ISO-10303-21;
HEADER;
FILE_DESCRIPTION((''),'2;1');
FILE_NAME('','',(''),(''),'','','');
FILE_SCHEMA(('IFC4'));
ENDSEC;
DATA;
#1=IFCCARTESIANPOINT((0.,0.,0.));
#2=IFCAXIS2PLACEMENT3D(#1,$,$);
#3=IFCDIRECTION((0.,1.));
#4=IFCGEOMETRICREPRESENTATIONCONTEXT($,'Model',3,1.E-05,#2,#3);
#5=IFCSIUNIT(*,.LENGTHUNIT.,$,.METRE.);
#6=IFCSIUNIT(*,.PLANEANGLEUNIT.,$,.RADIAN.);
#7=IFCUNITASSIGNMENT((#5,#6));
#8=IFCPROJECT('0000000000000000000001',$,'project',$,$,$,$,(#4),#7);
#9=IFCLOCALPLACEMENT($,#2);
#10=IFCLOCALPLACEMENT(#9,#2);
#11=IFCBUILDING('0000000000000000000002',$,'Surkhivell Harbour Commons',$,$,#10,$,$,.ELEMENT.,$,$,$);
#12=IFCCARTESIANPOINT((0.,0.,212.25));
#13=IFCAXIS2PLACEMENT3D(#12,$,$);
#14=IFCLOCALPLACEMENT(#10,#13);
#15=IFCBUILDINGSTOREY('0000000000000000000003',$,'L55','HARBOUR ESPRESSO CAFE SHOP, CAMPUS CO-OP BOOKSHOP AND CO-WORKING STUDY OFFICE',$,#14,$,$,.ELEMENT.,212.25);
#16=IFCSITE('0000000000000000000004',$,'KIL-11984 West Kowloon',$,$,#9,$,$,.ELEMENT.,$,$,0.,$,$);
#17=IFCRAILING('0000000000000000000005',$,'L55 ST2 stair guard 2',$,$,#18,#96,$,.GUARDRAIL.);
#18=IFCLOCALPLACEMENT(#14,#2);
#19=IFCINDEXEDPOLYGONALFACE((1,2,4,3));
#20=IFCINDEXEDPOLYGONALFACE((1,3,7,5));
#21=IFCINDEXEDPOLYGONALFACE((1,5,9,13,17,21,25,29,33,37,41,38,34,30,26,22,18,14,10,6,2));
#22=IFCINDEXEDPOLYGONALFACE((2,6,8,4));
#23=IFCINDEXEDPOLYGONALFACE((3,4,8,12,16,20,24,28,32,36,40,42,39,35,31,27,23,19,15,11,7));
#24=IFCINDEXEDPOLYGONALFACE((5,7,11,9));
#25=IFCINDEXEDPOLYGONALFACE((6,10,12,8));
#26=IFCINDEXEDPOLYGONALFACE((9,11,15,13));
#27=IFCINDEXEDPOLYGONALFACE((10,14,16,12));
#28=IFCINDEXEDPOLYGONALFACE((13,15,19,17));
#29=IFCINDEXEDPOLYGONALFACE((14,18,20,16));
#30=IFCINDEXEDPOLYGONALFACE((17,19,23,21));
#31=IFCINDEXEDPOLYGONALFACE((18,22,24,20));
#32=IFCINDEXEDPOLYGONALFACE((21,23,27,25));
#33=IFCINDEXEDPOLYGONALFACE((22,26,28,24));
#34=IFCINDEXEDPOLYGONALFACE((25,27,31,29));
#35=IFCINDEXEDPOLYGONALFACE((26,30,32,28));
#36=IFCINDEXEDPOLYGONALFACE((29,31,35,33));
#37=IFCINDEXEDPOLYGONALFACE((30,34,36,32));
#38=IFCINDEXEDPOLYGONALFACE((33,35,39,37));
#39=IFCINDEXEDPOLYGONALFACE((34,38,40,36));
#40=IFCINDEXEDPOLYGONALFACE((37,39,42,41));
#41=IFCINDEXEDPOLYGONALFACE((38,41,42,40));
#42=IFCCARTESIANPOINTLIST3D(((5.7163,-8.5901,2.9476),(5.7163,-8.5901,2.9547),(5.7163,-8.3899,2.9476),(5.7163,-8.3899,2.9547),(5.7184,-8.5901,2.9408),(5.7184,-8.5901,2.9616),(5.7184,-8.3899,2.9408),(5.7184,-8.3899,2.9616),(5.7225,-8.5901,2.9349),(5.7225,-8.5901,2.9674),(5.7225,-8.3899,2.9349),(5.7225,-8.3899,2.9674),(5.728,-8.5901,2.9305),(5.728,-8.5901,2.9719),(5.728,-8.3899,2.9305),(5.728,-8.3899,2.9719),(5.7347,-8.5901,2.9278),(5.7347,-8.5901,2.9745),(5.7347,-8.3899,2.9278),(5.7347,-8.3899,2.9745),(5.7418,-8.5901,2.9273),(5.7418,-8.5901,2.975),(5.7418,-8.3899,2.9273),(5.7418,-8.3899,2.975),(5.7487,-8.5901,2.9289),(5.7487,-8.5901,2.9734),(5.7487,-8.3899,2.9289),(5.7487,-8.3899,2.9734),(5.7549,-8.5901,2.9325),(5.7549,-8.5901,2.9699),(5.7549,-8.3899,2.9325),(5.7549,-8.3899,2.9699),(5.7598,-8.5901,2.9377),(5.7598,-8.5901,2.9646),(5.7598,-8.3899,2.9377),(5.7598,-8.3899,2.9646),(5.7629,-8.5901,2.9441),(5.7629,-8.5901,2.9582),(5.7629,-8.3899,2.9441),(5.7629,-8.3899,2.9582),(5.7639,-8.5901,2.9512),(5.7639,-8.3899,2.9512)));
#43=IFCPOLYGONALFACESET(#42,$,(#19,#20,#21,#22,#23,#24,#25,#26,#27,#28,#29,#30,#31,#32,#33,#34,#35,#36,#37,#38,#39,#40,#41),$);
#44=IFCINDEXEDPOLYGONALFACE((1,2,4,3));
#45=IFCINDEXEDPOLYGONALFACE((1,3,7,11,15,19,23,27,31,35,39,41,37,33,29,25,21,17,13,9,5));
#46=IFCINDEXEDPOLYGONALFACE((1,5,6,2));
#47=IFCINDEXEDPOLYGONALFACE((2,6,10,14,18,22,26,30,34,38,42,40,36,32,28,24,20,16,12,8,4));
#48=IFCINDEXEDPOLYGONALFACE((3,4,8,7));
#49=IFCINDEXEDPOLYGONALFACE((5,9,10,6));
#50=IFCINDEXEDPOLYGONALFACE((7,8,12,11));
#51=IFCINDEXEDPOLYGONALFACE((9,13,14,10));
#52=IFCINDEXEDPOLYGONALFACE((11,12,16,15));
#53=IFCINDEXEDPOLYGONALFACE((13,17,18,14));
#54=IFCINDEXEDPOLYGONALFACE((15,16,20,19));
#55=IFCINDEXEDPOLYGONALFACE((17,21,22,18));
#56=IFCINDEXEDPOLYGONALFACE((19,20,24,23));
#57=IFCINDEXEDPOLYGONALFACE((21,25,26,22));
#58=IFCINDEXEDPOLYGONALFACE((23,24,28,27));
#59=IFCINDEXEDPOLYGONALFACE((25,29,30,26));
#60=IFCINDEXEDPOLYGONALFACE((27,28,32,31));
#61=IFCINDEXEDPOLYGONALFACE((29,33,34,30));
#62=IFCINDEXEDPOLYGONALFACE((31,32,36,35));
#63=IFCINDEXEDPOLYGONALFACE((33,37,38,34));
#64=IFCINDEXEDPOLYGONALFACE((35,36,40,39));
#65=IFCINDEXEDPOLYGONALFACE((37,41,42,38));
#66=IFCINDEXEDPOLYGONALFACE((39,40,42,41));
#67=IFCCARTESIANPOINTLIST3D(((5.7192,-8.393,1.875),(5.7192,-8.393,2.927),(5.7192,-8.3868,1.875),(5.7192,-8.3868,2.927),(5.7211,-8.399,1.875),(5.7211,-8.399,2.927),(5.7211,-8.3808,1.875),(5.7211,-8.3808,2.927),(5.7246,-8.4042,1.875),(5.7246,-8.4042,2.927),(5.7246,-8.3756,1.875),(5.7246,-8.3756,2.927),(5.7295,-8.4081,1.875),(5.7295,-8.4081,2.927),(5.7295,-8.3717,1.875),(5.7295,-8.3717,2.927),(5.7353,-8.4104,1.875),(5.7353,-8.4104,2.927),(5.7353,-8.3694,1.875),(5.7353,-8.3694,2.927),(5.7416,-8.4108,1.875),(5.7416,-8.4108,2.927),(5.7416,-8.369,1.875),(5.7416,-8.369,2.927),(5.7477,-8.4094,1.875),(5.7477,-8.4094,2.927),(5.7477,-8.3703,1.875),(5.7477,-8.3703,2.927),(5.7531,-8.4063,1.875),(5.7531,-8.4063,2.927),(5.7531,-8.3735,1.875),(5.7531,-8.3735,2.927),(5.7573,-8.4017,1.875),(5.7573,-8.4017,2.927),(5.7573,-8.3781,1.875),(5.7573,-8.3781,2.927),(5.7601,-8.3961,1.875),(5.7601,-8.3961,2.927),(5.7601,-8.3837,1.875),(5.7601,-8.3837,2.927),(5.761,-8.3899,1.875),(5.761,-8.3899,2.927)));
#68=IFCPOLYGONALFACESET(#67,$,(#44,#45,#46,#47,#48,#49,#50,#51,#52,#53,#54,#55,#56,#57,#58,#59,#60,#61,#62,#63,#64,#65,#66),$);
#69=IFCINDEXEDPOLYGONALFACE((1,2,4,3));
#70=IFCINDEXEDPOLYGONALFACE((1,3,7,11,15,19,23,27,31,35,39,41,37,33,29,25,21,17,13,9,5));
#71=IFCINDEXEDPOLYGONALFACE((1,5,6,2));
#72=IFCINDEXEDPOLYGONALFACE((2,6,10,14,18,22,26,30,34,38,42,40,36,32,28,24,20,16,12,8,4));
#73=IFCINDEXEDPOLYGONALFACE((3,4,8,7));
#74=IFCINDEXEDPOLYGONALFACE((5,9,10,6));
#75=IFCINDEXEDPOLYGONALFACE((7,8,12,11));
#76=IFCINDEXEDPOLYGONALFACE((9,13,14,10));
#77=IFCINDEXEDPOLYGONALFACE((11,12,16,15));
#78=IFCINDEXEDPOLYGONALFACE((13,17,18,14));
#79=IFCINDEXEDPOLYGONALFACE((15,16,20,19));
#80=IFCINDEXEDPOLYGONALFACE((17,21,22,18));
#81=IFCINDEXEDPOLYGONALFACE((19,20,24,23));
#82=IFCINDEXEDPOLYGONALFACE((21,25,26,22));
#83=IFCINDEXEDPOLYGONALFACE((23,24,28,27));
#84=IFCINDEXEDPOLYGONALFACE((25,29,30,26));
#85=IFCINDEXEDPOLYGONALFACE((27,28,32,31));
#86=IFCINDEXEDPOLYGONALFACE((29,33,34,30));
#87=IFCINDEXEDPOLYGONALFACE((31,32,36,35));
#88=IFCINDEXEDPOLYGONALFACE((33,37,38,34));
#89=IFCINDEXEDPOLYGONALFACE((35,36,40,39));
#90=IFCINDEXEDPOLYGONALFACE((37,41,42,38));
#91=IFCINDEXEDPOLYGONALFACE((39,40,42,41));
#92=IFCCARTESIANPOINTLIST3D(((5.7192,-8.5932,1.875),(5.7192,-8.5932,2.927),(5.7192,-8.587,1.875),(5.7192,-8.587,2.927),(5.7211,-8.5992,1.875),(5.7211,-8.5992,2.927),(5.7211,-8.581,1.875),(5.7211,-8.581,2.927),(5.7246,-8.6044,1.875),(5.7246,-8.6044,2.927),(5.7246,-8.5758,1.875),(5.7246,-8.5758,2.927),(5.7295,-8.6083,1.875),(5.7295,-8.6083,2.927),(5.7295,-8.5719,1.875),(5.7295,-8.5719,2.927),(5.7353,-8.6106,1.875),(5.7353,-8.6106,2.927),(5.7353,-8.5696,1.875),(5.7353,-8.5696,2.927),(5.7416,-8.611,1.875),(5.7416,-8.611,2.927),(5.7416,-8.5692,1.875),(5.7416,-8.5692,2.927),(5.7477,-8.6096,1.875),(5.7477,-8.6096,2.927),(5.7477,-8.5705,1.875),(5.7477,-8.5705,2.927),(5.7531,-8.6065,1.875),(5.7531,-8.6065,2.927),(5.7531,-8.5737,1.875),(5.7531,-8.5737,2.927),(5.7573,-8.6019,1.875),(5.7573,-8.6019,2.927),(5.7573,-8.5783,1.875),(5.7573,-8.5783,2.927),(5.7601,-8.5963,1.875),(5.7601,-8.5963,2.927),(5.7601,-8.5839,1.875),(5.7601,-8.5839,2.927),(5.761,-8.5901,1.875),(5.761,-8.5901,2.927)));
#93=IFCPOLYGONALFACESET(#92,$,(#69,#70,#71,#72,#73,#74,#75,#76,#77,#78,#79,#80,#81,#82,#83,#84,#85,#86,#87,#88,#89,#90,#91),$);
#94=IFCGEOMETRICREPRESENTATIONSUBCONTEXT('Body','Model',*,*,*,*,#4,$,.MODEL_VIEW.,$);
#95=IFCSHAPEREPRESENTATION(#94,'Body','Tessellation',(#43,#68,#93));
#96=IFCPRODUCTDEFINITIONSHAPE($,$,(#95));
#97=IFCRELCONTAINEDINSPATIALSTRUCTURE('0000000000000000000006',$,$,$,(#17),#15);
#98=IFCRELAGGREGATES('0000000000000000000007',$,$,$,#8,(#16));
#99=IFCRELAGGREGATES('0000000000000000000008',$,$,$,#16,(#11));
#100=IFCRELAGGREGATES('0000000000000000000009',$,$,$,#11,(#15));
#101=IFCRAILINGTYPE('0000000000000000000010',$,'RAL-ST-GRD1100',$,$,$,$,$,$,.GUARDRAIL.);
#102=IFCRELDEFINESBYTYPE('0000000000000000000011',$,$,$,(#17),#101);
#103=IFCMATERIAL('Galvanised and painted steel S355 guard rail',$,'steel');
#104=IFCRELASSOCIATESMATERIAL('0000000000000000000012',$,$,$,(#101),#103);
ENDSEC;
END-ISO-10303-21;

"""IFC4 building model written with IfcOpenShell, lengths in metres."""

from ifc_helpers import new_model, si_unit, direction, frame, origin, origin_2d, place, context, subcontext, project, spatial, circle, extrude, material, type_object, element, save


model = new_model("IFC4")

# Units and contexts
model_context = context("Model", 3, precision=1e-05, world=origin(), true_north=direction((0.0, 1.0)))
body_context = subcontext(model_context, "Body", "Model", "MODEL_VIEW")
ifc_project = project(units=[si_unit("LENGTHUNIT", "METRE"), si_unit("PLANEANGLEUNIT", "RADIAN")], contexts=[model_context])

# Site, building, storey
site_placement = place(None, origin())
site = spatial("IfcSite", under=ifc_project, at=site_placement, Name="KIL-11984 West Kowloon", CompositionType="ELEMENT", RefElevation=0.0)
building_placement = place(site_placement, origin())
building = spatial("IfcBuilding", under=site, at=building_placement, Name="Surkhivell Harbour Commons", CompositionType="ELEMENT")
storey_placement = place(building_placement, frame((0.0, 0.0, 212.25)))
storey = spatial("IfcBuildingStorey", under=building, at=storey_placement, Name="L55", Description="HARBOUR ESPRESSO CAFE SHOP, CAMPUS CO-OP BOOKSHOP AND CO-WORKING STUDY OFFICE", CompositionType="ELEMENT", Elevation=212.25)

# Railing
ifc_material_1 = material(Name="Galvanised and painted steel S355 guard rail", Category="steel")
railing_type = type_object("IfcRailingType", Name="RAL-ST-GRD1100", PredefinedType="GUARDRAIL", material=ifc_material_1)
railing_placement = place(storey_placement, frame((5.74, -8.3899, 1.875)))
element("IfcRailing", 1, at=railing_placement, inside=storey, type_object=railing_type, Name="L55 ST2 stair guard 2", PredefinedType="GUARDRAIL", context=body_context, shape_type="SweptSolid", body=[
    extrude(circle(Radius=0.0239, at=origin_2d()), frame((0.0, 0.0, 1.0762), z_axis=(0.0, -1.0, 0.0), x_axis=(1.0, 0.0, 0.0)), (0.0, 0.0, 1.0), 0.2002),
    extrude(circle(Radius=0.021, at=origin_2d()), origin(), (0.0, 0.0, 1.0), 1.052),
    extrude(circle(Radius=0.021, at=origin_2d()), frame((0.0, -0.2002, 0.0)), (0.0, 0.0, 1.0), 1.052),
])

save(model, "model.ifc")
